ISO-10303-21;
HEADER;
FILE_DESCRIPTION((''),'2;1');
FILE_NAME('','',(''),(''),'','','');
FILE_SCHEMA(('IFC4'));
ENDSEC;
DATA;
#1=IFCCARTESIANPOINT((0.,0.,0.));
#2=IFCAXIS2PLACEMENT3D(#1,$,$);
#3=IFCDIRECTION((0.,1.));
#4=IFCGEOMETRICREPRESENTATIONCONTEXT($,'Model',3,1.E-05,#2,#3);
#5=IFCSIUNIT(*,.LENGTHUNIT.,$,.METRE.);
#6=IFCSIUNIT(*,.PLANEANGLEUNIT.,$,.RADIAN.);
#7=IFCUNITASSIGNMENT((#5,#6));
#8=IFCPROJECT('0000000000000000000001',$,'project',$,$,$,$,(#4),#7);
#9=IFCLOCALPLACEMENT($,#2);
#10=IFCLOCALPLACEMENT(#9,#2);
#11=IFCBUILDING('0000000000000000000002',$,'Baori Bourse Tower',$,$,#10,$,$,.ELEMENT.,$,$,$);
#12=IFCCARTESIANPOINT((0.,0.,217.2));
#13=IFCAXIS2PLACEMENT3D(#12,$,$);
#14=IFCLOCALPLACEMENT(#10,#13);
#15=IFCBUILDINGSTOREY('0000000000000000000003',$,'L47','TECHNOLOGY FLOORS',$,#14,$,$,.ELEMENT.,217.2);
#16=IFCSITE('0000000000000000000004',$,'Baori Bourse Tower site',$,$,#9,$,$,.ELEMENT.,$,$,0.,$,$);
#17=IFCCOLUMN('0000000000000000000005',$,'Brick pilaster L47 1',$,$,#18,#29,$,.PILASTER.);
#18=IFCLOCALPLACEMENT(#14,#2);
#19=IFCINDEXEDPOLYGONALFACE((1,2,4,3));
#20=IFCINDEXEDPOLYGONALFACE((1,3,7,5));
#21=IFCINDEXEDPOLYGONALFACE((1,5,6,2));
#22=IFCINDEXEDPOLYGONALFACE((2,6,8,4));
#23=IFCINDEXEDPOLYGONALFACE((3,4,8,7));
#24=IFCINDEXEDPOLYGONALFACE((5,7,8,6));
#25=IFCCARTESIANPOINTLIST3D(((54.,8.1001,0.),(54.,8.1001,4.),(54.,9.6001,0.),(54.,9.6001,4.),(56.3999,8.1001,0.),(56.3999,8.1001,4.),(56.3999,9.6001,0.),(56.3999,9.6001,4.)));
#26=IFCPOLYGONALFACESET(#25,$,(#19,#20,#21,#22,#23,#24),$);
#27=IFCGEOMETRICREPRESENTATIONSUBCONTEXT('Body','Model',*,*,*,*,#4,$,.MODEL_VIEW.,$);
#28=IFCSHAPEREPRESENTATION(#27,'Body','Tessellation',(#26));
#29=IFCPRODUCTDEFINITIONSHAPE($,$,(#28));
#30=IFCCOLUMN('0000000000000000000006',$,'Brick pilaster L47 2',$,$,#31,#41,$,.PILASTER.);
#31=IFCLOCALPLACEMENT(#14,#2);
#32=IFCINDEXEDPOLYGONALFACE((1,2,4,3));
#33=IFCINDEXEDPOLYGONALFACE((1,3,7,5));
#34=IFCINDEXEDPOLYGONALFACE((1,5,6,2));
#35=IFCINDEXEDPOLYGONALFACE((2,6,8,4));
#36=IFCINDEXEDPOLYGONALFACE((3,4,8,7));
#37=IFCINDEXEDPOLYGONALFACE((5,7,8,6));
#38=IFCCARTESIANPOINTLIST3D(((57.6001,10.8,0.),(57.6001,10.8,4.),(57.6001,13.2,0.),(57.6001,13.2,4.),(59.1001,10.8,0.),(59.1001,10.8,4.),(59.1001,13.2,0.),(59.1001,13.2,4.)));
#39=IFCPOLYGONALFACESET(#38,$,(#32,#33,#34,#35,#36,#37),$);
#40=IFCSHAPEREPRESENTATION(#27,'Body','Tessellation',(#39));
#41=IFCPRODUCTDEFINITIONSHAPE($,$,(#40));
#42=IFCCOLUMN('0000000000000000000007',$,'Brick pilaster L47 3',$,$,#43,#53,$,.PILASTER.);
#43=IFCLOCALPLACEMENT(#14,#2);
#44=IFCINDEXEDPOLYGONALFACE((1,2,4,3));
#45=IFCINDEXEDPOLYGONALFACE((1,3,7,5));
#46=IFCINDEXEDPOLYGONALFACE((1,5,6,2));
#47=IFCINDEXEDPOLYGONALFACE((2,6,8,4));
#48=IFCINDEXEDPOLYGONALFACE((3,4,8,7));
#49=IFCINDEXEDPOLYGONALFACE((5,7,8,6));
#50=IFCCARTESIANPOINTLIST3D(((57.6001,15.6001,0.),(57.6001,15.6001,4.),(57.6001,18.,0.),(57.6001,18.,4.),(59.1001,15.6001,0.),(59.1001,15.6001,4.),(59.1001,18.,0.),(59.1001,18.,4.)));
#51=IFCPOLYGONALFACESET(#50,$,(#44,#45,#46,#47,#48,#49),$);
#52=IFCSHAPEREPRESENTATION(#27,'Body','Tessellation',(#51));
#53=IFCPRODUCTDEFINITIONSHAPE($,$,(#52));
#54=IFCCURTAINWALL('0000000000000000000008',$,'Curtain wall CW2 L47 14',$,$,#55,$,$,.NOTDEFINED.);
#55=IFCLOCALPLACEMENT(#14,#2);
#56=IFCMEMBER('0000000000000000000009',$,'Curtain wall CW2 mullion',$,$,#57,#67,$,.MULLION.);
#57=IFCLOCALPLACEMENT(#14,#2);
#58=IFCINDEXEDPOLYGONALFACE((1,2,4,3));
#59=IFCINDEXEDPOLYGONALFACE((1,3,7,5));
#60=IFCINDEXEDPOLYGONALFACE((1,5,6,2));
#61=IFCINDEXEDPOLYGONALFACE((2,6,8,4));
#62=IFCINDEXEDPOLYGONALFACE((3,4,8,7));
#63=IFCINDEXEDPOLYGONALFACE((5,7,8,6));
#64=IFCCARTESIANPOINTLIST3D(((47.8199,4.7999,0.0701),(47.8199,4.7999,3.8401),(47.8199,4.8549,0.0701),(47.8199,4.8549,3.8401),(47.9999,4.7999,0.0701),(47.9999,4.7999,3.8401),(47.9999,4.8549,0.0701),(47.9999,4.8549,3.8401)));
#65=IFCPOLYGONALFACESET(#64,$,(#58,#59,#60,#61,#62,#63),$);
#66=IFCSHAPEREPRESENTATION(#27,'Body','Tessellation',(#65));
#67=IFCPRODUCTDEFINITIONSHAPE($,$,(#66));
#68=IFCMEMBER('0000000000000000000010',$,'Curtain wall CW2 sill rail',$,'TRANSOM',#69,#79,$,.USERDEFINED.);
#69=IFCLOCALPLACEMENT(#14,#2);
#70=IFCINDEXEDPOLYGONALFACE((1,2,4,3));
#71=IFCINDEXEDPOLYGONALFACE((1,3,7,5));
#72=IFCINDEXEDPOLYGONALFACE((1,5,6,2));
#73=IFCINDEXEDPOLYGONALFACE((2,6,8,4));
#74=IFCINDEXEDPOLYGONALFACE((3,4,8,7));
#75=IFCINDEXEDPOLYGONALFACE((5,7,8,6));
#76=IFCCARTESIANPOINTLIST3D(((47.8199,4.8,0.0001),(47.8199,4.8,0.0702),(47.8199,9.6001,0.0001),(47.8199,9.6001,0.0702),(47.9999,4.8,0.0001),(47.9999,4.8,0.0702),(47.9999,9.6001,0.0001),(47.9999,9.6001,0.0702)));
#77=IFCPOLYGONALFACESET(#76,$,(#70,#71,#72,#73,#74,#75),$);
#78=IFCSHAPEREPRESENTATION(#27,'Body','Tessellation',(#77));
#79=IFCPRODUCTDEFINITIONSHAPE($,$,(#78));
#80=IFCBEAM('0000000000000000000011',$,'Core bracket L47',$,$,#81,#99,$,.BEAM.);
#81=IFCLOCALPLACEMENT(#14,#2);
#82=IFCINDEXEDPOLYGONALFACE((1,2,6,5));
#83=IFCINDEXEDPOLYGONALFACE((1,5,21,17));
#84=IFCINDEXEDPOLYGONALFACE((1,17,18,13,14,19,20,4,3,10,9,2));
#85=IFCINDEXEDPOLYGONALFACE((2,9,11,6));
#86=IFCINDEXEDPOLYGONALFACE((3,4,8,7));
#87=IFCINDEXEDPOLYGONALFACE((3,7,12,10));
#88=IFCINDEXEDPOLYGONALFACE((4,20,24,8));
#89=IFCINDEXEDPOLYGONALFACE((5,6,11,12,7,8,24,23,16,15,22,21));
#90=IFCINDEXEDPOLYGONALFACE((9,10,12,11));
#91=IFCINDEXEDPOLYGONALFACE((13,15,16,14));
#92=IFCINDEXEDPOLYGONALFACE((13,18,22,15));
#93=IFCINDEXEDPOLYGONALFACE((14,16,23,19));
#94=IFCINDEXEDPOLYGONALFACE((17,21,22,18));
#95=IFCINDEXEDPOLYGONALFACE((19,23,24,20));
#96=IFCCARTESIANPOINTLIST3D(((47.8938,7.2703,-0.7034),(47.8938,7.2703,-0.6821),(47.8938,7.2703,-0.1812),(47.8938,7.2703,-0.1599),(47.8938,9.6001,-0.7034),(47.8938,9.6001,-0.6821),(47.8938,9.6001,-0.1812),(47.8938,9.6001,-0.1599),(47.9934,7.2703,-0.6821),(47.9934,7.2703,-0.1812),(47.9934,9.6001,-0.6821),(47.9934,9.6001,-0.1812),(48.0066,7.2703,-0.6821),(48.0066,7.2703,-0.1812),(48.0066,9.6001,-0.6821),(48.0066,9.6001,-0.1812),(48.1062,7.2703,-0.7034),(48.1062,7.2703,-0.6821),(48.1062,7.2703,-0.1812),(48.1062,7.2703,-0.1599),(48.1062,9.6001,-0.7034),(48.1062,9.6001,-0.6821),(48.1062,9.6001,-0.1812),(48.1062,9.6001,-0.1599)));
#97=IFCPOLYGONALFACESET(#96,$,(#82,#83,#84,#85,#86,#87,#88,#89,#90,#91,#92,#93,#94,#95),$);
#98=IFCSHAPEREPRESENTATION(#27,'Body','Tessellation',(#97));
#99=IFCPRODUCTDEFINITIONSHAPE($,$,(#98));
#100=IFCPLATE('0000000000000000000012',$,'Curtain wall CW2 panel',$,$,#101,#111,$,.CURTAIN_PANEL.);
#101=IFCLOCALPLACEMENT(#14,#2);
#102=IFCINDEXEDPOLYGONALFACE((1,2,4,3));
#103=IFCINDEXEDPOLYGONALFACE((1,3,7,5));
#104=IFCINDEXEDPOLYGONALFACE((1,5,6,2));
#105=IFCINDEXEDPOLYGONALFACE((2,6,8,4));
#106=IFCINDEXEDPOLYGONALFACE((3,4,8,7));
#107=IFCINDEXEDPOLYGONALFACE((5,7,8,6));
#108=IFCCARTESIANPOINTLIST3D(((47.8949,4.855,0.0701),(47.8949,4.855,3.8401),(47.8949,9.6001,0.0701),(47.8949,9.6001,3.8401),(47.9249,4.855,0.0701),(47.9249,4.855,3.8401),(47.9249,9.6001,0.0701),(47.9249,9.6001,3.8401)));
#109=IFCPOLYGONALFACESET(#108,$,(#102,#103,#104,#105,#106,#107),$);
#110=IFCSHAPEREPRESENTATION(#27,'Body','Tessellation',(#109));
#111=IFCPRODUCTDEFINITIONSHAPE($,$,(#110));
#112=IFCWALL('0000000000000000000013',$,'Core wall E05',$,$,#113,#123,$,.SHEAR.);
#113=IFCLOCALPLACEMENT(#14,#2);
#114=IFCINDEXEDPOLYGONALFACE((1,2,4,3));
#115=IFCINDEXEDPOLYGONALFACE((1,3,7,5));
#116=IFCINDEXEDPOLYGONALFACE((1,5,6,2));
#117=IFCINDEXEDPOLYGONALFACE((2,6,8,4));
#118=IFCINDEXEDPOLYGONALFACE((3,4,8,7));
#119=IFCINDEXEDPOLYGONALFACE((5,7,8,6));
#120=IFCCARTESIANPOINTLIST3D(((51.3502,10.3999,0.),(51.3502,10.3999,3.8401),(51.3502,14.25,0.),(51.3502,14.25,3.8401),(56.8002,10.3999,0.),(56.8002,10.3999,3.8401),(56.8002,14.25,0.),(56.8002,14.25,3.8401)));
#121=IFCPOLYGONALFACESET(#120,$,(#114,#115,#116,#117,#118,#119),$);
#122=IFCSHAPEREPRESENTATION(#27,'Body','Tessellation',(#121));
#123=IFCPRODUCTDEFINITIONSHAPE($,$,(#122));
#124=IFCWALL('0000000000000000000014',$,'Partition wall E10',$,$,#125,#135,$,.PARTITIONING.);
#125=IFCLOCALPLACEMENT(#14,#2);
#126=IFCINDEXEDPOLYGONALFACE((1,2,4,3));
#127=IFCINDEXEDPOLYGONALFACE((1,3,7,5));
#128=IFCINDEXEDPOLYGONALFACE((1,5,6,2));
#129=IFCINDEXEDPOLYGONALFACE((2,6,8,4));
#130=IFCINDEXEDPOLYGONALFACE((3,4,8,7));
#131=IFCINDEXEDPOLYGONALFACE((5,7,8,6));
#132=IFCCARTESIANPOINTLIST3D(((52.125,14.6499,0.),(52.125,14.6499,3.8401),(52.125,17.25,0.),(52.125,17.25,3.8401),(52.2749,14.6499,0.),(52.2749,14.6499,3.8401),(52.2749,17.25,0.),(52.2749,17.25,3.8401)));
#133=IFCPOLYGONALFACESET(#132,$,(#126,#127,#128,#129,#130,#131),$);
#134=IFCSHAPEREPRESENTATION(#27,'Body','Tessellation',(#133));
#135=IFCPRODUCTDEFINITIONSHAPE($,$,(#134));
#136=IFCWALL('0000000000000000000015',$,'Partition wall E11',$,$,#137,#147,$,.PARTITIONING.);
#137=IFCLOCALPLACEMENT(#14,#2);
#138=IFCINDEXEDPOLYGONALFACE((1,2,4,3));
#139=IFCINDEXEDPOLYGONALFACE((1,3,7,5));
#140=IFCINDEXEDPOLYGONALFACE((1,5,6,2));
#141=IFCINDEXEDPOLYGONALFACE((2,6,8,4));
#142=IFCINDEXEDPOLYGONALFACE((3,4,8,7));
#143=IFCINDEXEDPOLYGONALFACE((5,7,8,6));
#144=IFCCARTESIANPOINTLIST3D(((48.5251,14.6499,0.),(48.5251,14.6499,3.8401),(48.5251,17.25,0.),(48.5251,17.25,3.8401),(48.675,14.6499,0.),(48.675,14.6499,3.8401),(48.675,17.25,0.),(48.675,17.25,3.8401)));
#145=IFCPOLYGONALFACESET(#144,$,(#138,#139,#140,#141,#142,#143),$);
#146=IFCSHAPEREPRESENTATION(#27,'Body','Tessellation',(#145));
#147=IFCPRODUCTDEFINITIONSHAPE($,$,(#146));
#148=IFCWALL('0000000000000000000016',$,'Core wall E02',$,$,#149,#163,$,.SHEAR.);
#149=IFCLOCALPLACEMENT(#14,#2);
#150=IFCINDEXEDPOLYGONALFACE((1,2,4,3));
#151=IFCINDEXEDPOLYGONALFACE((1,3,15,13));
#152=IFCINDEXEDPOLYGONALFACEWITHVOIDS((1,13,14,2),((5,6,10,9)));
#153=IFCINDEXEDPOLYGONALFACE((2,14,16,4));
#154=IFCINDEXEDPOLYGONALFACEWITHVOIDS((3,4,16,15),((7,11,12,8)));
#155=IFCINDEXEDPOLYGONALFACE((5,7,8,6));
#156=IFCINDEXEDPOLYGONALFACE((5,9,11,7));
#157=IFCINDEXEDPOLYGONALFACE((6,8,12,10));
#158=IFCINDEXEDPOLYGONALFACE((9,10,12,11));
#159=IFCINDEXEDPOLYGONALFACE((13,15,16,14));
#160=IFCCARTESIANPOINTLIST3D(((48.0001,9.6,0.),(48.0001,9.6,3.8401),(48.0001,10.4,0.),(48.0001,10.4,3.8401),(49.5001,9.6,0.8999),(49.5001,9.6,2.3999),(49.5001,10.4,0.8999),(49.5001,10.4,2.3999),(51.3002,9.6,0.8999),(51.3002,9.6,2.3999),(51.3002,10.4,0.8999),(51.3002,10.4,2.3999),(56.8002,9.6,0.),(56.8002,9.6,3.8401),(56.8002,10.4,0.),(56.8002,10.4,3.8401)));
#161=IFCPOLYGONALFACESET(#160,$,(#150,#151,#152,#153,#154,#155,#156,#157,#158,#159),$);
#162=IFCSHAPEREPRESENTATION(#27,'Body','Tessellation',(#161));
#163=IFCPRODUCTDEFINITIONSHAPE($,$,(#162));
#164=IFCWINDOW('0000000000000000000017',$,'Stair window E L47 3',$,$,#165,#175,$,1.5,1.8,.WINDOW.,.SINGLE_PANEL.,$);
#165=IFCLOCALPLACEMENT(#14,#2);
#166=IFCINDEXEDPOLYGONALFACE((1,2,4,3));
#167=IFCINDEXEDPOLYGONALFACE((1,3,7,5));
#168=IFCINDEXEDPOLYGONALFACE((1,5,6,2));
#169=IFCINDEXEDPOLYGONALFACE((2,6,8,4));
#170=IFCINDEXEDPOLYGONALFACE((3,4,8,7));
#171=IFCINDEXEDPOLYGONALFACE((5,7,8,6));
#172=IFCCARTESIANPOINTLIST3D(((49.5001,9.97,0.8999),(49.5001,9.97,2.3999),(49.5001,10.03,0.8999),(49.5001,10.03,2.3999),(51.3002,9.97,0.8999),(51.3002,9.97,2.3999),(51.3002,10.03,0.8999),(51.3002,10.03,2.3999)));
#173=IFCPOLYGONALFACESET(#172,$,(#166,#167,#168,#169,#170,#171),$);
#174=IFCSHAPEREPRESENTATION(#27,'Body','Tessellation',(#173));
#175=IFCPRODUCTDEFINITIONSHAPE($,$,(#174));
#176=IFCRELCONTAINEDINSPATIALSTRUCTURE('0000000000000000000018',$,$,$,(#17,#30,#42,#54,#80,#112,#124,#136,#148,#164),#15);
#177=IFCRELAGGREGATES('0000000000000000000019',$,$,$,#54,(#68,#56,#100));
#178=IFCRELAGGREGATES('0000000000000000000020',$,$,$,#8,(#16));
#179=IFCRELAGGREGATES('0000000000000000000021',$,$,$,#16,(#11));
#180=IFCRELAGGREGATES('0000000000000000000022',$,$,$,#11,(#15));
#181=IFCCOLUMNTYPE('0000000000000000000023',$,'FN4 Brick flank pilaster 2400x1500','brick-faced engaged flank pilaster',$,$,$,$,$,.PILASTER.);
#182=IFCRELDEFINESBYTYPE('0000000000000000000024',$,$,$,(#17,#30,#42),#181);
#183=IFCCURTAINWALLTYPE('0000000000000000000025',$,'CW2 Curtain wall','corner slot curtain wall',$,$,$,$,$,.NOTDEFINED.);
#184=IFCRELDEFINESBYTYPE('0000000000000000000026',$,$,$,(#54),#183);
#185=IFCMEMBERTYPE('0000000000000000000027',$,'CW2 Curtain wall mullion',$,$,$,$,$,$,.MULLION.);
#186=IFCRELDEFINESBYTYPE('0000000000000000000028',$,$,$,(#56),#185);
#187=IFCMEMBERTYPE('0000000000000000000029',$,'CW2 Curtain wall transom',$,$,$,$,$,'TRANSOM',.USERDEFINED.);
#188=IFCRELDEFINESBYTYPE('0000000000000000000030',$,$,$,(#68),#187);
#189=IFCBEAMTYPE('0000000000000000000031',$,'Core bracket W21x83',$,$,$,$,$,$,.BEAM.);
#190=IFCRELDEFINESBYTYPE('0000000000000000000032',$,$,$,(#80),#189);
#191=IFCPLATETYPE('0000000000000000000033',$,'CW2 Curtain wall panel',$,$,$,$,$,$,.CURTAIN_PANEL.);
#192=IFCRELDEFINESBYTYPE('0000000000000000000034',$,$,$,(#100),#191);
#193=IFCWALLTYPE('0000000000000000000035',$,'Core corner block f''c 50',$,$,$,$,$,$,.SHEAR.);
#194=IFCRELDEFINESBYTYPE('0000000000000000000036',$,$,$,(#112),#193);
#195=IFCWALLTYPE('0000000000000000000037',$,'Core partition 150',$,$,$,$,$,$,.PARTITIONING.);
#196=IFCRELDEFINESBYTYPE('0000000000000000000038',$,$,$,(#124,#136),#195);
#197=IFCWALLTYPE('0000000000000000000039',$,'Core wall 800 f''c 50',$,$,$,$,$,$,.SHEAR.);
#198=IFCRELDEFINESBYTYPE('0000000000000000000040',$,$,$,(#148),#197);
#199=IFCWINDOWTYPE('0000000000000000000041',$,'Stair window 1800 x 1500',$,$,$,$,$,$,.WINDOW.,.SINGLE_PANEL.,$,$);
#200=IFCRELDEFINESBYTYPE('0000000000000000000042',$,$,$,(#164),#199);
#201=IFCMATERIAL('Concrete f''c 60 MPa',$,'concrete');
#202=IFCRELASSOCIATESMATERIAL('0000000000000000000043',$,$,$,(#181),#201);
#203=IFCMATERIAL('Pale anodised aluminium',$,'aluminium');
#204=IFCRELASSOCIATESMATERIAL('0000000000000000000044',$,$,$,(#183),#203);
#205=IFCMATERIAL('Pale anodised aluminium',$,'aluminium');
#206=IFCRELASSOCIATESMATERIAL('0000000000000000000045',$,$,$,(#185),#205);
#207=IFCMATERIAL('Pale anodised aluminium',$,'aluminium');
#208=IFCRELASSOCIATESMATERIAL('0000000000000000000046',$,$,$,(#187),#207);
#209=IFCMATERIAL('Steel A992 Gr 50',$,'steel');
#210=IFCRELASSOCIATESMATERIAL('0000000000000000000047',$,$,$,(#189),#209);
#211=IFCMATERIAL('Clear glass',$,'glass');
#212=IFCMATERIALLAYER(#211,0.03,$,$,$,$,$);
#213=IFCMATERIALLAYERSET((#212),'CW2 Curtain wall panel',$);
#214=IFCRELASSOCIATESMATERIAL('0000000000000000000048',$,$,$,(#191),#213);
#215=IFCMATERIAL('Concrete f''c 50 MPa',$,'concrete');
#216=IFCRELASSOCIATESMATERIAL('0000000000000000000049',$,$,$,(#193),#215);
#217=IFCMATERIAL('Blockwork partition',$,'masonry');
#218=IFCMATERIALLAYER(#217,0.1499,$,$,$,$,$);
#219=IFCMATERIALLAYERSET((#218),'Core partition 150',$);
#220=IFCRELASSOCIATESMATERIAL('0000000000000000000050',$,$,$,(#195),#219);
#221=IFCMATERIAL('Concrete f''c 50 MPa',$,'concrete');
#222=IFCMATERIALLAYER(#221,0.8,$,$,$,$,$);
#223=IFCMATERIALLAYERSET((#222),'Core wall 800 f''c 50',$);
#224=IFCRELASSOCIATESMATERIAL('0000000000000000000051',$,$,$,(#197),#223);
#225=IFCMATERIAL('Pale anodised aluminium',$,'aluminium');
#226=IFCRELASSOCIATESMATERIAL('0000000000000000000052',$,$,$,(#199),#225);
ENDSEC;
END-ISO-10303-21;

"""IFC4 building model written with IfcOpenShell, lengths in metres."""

from ifc_helpers import new_model, si_unit, direction, frame, frame_2d, origin, origin_2d, place, context, subcontext, project, spatial, rectangle, i_section, extrude, material, layer, layer_set, material_profile, profile_set, type_object, element, fill, aggregate, save


model = new_model("IFC4")

# Units and contexts
model_context = context("Model", 3, precision=1e-05, world=origin(), true_north=direction((0.0, 1.0)))
body_context = subcontext(model_context, "Body", "Model", "MODEL_VIEW")
ifc_project = project(units=[si_unit("LENGTHUNIT", "METRE"), si_unit("PLANEANGLEUNIT", "RADIAN")], contexts=[model_context])

# Site, building, storey
site_placement = place(None, origin())
site = spatial("IfcSite", under=ifc_project, at=site_placement, Name="Baori Bourse Tower site", CompositionType="ELEMENT", RefElevation=0.0)
building_placement = place(site_placement, origin())
building = spatial("IfcBuilding", under=site, at=building_placement, Name="Baori Bourse Tower", CompositionType="ELEMENT")
storey_placement = place(building_placement, frame((0.0, 0.0, 217.2)))
storey = spatial("IfcBuildingStorey", under=building, at=storey_placement, Name="L47", Description="TECHNOLOGY FLOORS", CompositionType="ELEMENT", Elevation=217.2)

# Columns
ifc_material_1 = material(Name="Concrete f'c 60 MPa", Category="concrete")
ifc_material_profile_1 = material_profile(ifc_material_1, rectangle(XDim=2.3999, YDim=1.5, at=origin_2d()), Name="RC 2400x1500")
ifc_profile_set_1 = profile_set([ifc_material_profile_1], Name="Concrete f'c 60 MPa")
column_type = type_object("IfcColumnType", Name="FN4 Brick flank pilaster 2400x1500", Description="brick-faced engaged flank pilaster", PredefinedType="PILASTER", material=ifc_profile_set_1)
for number, where, z_axis, x_axis, name in (
    (1, (55.2, 8.8501, 0.0), (0.0, 0.0, 1.0), (1.0, 0.0, 0.0), "Brick pilaster L47 1"),
    (2, (58.3501, 12.0, 0.0), (0.0, 0.0, 1.0), (0.0, 1.0, 0.0), "Brick pilaster L47 2"),
    (3, (58.3501, 16.8, 0.0), (0.0, 0.0, 1.0), (0.0, 1.0, 0.0), "Brick pilaster L47 3"),
):
    element("IfcColumn", number, at=place(storey_placement, frame(where, z_axis=z_axis, x_axis=x_axis)), inside=storey, type_object=column_type, Name=name, PredefinedType="PILASTER", context=body_context, shape_type="SweptSolid", body=[
        extrude(rectangle(XDim=2.3999, YDim=1.5, at=origin_2d()), origin(), (0.0, 0.0, 1.0), 4.0),
    ])

# Curtain wall, members
ifc_material_2 = material(Name="Pale anodised aluminium", Category="aluminium")
curtain_wall_type = type_object("IfcCurtainWallType", Name="CW2 Curtain wall", Description="corner slot curtain wall", PredefinedType="NOTDEFINED", material=ifc_material_2)
curtain_wall_placement = place(storey_placement, origin())
curtain_wall = element("IfcCurtainWall", 4, at=curtain_wall_placement, inside=storey, type_object=curtain_wall_type, Name="Curtain wall CW2 L47 14", PredefinedType="NOTDEFINED")
ifc_material_3 = material(Name="Pale anodised aluminium", Category="aluminium")
ifc_material_profile_2 = material_profile(ifc_material_3, rectangle(XDim=0.1799, YDim=0.0549, at=origin_2d()), Name="Mullion 55x180")
ifc_profile_set_2 = profile_set([ifc_material_profile_2], Name="Pale anodised aluminium")
member_type_1 = type_object("IfcMemberType", Name="CW2 Curtain wall mullion", PredefinedType="MULLION", material=ifc_profile_set_2)
member_1_placement = place(storey_placement, frame((47.9099, 4.8274, 0.0701), z_axis=(0.0, 0.0, 1.0), x_axis=(-1.0, 0.0, 0.0)))
member_1 = element("IfcMember", 5, at=member_1_placement, type_object=member_type_1, Name="Curtain wall CW2 mullion", PredefinedType="MULLION", context=body_context, shape_type="SweptSolid", body=[
    extrude(rectangle(XDim=0.1799, YDim=0.0549, at=origin_2d()), origin(), (0.0, 0.0, 1.0), 3.77),
])
ifc_material_4 = material(Name="Pale anodised aluminium", Category="aluminium")
ifc_material_profile_3 = material_profile(ifc_material_4, rectangle(XDim=0.1799, YDim=0.0701, at=origin_2d()), Name="Transom 70x180")
ifc_profile_set_3 = profile_set([ifc_material_profile_3], Name="Pale anodised aluminium")
member_type_2 = type_object("IfcMemberType", Name="CW2 Curtain wall transom", ElementType="TRANSOM", PredefinedType="USERDEFINED", material=ifc_profile_set_3)
member_2_placement = place(storey_placement, frame((47.9099, 4.8, 0.0352), z_axis=(0.0, 1.0, 0.0), x_axis=(-1.0, 0.0, 0.0)))
member_2 = element("IfcMember", 6, at=member_2_placement, type_object=member_type_2, Name="Curtain wall CW2 sill rail", ObjectType="TRANSOM", PredefinedType="USERDEFINED", context=body_context, shape_type="SweptSolid", body=[
    extrude(rectangle(XDim=0.1799, YDim=0.0701, at=origin_2d()), origin(), (0.0, 0.0, 1.0), 4.8),
])

# Beam
ifc_material_5 = material(Name="Steel A992 Gr 50", Category="steel")
ifc_material_profile_4 = material_profile(ifc_material_5, i_section(OverallWidth=0.2124, OverallDepth=0.5435, WebThickness=0.0132, FlangeThickness=0.0212, at=origin_2d()), Name="W21x83")
ifc_profile_set_4 = profile_set([ifc_material_profile_4], Name="Steel A992 Gr 50")
beam_type = type_object("IfcBeamType", Name="Core bracket W21x83", PredefinedType="BEAM", material=ifc_profile_set_4)
beam_placement = place(storey_placement, frame((48.0, 7.2703, -0.4316), z_axis=(0.0, 1.0, 0.0), x_axis=(-1.0, 0.0, 0.0)))
element("IfcBeam", 7, at=beam_placement, inside=storey, type_object=beam_type, Name="Core bracket L47", PredefinedType="BEAM", context=body_context, shape_type="SweptSolid", body=[
    extrude(i_section(OverallWidth=0.2124, OverallDepth=0.5435, WebThickness=0.0132, FlangeThickness=0.0212, at=origin_2d()), origin(), (0.0, 0.0, 1.0), 2.3298),
])

# Plate
ifc_material_6 = material(Name="Clear glass", Category="glass")
ifc_layer_1 = layer(ifc_material_6, 0.03)
ifc_layer_set_1 = layer_set([ifc_layer_1], Name="CW2 Curtain wall panel")
plate_type = type_object("IfcPlateType", Name="CW2 Curtain wall panel", PredefinedType="CURTAIN_PANEL", material=ifc_layer_set_1)
plate_placement = place(storey_placement, frame((47.9099, 7.2275, 0.0701), z_axis=(0.0, 0.0, 1.0), x_axis=(0.0, 1.0, 0.0)))
plate = element("IfcPlate", 8, at=plate_placement, type_object=plate_type, Name="Curtain wall CW2 panel", PredefinedType="CURTAIN_PANEL", context=body_context, shape_type="SweptSolid", body=[
    extrude(rectangle(XDim=4.7451, YDim=0.03, at=origin_2d()), origin(), (0.0, 0.0, 1.0), 3.77),
])
aggregate(curtain_wall, [member_2, member_1, plate])

# Walls
ifc_material_7 = material(Name="Concrete f'c 50 MPa", Category="concrete")
wall_type_1 = type_object("IfcWallType", Name="Core corner block f'c 50", PredefinedType="SHEAR", material=ifc_material_7)
wall_1_placement = place(storey_placement, frame((51.3501, 12.325, 0.0), z_axis=(0.0, 0.0, 1.0), x_axis=(1.0, 0.0, 0.0)))
element("IfcWall", 9, at=wall_1_placement, inside=storey, type_object=wall_type_1, Name="Core wall E05", PredefinedType="SHEAR", context=body_context, shape_type="SweptSolid", body=[
    extrude(rectangle(XDim=5.45, YDim=3.8501, at=frame_2d((2.7251, 0.0))), origin(), (0.0, 0.0, 1.0), 3.8401),
])
ifc_material_8 = material(Name="Blockwork partition", Category="masonry")
ifc_layer_2 = layer(ifc_material_8, 0.1499)
ifc_layer_set_2 = layer_set([ifc_layer_2], Name="Core partition 150")
wall_type_2 = type_object("IfcWallType", Name="Core partition 150", PredefinedType="PARTITIONING", material=ifc_layer_set_2)
for number, where, z_axis, x_axis, name in (
    (10, (52.2, 14.6499, 0.0), (0.0, 0.0, 1.0), (0.0, 1.0, 0.0), "Partition wall E10"),
    (11, (48.6001, 14.6499, 0.0), (0.0, 0.0, 1.0), (0.0, 1.0, 0.0), "Partition wall E11"),
):
    element("IfcWall", number, at=place(storey_placement, frame(where, z_axis=z_axis, x_axis=x_axis)), inside=storey, type_object=wall_type_2, Name=name, PredefinedType="PARTITIONING", context=body_context, shape_type="SweptSolid", body=[
        extrude(rectangle(XDim=2.6001, YDim=0.1499, at=frame_2d((1.3, 0.0))), origin(), (0.0, 0.0, 1.0), 3.8401),
    ])

# Wall, opening, window
ifc_material_9 = material(Name="Concrete f'c 50 MPa", Category="concrete")
ifc_layer_3 = layer(ifc_material_9, 0.8)
ifc_layer_set_3 = layer_set([ifc_layer_3], Name="Core wall 800 f'c 50")
wall_type_3 = type_object("IfcWallType", Name="Core wall 800 f'c 50", PredefinedType="SHEAR", material=ifc_layer_set_3)
wall_2_placement = place(storey_placement, frame((56.8, 10.0, 0.0), z_axis=(0.0, 0.0, 1.0), x_axis=(-1.0, 0.0, 0.0)))
wall_2 = element("IfcWall", 12, at=wall_2_placement, inside=storey, type_object=wall_type_3, Name="Core wall E02", PredefinedType="SHEAR", context=body_context, shape_type="SweptSolid", body=[
    extrude(rectangle(XDim=8.8, YDim=0.8, at=frame_2d((4.3999, 0.0))), origin(), (0.0, 0.0, 1.0), 3.8401),
])
opening_1_placement = place(wall_2_placement, frame((5.5, 0.0, 0.8999)))
opening_1 = element("IfcOpeningElement", 13, at=opening_1_placement, cuts=wall_2, PredefinedType="OPENING", context=body_context, shape_type="SweptSolid", body=[
    extrude(rectangle(XDim=1.8, YDim=1.5, at=frame_2d((0.8999, 0.75))), frame((0.0, 0.4099, 0.0), z_axis=(0.0, -1.0, 0.0), x_axis=(1.0, 0.0, 0.0)), (0.0, 0.0, 1.0), 0.8201),
])
ifc_material_10 = material(Name="Pale anodised aluminium", Category="aluminium")
window_type = type_object("IfcWindowType", Name="Stair window 1800 x 1500", PartitioningType="SINGLE_PANEL", PredefinedType="WINDOW", material=ifc_material_10)
window_placement = place(opening_1_placement, origin())
window = element("IfcWindow", 14, at=window_placement, inside=storey, type_object=window_type, Name="Stair window E L47 3", OverallHeight=1.5, OverallWidth=1.8, PartitioningType="SINGLE_PANEL", PredefinedType="WINDOW", context=body_context, shape_type="SweptSolid", body=[
    extrude(rectangle(XDim=1.8, YDim=1.5, at=frame_2d((0.8999, 0.75))), frame((0.0, 0.03, 0.0), z_axis=(0.0, -1.0, 0.0), x_axis=(1.0, 0.0, 0.0)), (0.0, 0.0, 1.0), 0.0601),
])
fill(opening_1, window)

save(model, "model.ifc")
